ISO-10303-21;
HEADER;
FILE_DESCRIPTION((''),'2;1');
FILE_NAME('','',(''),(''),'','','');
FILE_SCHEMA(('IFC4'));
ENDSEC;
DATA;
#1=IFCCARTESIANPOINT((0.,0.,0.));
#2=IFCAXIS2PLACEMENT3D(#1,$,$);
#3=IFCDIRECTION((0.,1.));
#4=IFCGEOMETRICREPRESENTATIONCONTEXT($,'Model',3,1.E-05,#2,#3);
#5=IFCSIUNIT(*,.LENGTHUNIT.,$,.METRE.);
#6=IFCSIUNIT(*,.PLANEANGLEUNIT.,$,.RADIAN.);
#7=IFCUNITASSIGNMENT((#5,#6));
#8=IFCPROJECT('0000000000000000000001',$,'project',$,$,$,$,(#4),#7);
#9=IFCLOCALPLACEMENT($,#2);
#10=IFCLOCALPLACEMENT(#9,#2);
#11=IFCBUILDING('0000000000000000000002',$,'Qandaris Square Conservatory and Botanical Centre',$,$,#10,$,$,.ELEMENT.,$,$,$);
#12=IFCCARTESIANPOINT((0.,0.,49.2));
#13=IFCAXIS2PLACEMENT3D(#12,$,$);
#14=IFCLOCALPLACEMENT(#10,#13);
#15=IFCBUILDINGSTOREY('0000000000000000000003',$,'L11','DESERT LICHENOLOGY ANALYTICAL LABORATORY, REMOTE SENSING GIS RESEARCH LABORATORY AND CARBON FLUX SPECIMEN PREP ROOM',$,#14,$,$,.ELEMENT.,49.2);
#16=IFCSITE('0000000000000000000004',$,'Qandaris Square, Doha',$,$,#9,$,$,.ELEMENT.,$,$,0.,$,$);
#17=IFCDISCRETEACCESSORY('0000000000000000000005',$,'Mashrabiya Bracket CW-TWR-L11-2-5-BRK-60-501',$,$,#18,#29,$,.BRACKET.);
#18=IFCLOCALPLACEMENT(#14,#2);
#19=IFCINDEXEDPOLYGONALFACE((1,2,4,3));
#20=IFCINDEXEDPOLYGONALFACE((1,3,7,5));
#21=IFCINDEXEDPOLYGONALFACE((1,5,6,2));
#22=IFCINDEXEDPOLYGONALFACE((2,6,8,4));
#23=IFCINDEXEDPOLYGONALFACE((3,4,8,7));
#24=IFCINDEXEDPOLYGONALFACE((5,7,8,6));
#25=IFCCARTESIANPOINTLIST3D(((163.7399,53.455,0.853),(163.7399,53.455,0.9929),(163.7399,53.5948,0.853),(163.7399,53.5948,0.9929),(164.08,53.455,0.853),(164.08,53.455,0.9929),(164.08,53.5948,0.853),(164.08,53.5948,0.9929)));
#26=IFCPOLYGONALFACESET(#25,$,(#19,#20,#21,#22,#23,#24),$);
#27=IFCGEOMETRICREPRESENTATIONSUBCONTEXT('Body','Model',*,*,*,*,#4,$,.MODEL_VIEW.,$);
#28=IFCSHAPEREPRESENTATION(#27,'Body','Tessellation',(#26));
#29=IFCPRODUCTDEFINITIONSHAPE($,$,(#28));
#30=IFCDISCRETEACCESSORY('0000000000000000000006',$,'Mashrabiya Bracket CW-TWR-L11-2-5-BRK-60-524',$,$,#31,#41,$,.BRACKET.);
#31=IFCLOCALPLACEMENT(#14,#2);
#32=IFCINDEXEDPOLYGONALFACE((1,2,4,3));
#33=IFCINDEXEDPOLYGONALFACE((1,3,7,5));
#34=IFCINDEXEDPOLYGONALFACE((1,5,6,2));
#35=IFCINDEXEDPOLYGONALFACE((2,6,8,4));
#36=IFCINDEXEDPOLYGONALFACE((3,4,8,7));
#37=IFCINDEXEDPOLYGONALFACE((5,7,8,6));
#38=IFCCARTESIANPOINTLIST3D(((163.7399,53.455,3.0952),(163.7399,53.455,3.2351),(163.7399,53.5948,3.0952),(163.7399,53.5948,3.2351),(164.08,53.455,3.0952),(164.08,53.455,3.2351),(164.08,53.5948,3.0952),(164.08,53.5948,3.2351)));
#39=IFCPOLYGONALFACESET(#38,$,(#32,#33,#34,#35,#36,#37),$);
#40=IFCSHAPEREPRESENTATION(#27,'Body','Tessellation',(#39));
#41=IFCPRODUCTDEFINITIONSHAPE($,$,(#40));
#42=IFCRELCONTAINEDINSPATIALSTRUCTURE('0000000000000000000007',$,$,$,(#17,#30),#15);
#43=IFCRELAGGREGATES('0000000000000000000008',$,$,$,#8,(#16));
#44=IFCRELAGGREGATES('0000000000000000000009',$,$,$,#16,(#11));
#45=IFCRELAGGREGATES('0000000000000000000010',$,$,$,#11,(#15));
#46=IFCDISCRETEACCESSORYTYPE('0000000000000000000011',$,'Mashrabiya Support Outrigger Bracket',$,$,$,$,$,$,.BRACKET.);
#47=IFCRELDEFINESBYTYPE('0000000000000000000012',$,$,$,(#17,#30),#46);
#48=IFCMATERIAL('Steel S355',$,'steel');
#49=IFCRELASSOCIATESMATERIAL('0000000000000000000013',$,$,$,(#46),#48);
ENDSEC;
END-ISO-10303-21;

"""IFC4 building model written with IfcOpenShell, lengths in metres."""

from ifc_helpers import new_model, si_unit, direction, frame, origin, origin_2d, place, context, subcontext, project, spatial, rectangle, extrude, material, type_object, element, save


model = new_model("IFC4")

# Units and contexts
model_context = context("Model", 3, precision=1e-05, world=origin(), true_north=direction((0.0, 1.0)))
body_context = subcontext(model_context, "Body", "Model", "MODEL_VIEW")
ifc_project = project(units=[si_unit("LENGTHUNIT", "METRE"), si_unit("PLANEANGLEUNIT", "RADIAN")], contexts=[model_context])

# Site, building, storey
site_placement = place(None, origin())
site = spatial("IfcSite", under=ifc_project, at=site_placement, Name="Qandaris Square, Doha", CompositionType="ELEMENT", RefElevation=0.0)
building_placement = place(site_placement, origin())
building = spatial("IfcBuilding", under=site, at=building_placement, Name="Qandaris Square Conservatory and Botanical Centre", CompositionType="ELEMENT")
storey_placement = place(building_placement, frame((0.0, 0.0, 49.2)))
storey = spatial("IfcBuildingStorey", under=building, at=storey_placement, Name="L11", Description="DESERT LICHENOLOGY ANALYTICAL LABORATORY, REMOTE SENSING GIS RESEARCH LABORATORY AND CARBON FLUX SPECIMEN PREP ROOM", CompositionType="ELEMENT", Elevation=49.2)

# Discrete accessories
ifc_material_1 = material(Name="Steel S355", Category="steel")
discrete_accessory_type = type_object("IfcDiscreteAccessoryType", Name="Mashrabiya Support Outrigger Bracket", PredefinedType="BRACKET", material=ifc_material_1)
for number, where, z_axis, x_axis, name in (
    (1, (163.9099, 53.5249, 0.853), (0.0, 0.0, 1.0), (0.0, 1.0, 0.0), "Mashrabiya Bracket CW-TWR-L11-2-5-BRK-60-501"),
    (2, (163.9099, 53.5249, 3.0952), (0.0, 0.0, 1.0), (0.0, 1.0, 0.0), "Mashrabiya Bracket CW-TWR-L11-2-5-BRK-60-524"),
):
    element("IfcDiscreteAccessory", number, at=place(storey_placement, frame(where, z_axis=z_axis, x_axis=x_axis)), inside=storey, type_object=discrete_accessory_type, Name=name, PredefinedType="BRACKET", context=body_context, shape_type="SweptSolid", body=[
        extrude(rectangle(XDim=0.1399, YDim=0.3401, at=origin_2d()), origin(), (0.0, 0.0, 1.0), 0.1399),
    ])

save(model, "model.ifc")
